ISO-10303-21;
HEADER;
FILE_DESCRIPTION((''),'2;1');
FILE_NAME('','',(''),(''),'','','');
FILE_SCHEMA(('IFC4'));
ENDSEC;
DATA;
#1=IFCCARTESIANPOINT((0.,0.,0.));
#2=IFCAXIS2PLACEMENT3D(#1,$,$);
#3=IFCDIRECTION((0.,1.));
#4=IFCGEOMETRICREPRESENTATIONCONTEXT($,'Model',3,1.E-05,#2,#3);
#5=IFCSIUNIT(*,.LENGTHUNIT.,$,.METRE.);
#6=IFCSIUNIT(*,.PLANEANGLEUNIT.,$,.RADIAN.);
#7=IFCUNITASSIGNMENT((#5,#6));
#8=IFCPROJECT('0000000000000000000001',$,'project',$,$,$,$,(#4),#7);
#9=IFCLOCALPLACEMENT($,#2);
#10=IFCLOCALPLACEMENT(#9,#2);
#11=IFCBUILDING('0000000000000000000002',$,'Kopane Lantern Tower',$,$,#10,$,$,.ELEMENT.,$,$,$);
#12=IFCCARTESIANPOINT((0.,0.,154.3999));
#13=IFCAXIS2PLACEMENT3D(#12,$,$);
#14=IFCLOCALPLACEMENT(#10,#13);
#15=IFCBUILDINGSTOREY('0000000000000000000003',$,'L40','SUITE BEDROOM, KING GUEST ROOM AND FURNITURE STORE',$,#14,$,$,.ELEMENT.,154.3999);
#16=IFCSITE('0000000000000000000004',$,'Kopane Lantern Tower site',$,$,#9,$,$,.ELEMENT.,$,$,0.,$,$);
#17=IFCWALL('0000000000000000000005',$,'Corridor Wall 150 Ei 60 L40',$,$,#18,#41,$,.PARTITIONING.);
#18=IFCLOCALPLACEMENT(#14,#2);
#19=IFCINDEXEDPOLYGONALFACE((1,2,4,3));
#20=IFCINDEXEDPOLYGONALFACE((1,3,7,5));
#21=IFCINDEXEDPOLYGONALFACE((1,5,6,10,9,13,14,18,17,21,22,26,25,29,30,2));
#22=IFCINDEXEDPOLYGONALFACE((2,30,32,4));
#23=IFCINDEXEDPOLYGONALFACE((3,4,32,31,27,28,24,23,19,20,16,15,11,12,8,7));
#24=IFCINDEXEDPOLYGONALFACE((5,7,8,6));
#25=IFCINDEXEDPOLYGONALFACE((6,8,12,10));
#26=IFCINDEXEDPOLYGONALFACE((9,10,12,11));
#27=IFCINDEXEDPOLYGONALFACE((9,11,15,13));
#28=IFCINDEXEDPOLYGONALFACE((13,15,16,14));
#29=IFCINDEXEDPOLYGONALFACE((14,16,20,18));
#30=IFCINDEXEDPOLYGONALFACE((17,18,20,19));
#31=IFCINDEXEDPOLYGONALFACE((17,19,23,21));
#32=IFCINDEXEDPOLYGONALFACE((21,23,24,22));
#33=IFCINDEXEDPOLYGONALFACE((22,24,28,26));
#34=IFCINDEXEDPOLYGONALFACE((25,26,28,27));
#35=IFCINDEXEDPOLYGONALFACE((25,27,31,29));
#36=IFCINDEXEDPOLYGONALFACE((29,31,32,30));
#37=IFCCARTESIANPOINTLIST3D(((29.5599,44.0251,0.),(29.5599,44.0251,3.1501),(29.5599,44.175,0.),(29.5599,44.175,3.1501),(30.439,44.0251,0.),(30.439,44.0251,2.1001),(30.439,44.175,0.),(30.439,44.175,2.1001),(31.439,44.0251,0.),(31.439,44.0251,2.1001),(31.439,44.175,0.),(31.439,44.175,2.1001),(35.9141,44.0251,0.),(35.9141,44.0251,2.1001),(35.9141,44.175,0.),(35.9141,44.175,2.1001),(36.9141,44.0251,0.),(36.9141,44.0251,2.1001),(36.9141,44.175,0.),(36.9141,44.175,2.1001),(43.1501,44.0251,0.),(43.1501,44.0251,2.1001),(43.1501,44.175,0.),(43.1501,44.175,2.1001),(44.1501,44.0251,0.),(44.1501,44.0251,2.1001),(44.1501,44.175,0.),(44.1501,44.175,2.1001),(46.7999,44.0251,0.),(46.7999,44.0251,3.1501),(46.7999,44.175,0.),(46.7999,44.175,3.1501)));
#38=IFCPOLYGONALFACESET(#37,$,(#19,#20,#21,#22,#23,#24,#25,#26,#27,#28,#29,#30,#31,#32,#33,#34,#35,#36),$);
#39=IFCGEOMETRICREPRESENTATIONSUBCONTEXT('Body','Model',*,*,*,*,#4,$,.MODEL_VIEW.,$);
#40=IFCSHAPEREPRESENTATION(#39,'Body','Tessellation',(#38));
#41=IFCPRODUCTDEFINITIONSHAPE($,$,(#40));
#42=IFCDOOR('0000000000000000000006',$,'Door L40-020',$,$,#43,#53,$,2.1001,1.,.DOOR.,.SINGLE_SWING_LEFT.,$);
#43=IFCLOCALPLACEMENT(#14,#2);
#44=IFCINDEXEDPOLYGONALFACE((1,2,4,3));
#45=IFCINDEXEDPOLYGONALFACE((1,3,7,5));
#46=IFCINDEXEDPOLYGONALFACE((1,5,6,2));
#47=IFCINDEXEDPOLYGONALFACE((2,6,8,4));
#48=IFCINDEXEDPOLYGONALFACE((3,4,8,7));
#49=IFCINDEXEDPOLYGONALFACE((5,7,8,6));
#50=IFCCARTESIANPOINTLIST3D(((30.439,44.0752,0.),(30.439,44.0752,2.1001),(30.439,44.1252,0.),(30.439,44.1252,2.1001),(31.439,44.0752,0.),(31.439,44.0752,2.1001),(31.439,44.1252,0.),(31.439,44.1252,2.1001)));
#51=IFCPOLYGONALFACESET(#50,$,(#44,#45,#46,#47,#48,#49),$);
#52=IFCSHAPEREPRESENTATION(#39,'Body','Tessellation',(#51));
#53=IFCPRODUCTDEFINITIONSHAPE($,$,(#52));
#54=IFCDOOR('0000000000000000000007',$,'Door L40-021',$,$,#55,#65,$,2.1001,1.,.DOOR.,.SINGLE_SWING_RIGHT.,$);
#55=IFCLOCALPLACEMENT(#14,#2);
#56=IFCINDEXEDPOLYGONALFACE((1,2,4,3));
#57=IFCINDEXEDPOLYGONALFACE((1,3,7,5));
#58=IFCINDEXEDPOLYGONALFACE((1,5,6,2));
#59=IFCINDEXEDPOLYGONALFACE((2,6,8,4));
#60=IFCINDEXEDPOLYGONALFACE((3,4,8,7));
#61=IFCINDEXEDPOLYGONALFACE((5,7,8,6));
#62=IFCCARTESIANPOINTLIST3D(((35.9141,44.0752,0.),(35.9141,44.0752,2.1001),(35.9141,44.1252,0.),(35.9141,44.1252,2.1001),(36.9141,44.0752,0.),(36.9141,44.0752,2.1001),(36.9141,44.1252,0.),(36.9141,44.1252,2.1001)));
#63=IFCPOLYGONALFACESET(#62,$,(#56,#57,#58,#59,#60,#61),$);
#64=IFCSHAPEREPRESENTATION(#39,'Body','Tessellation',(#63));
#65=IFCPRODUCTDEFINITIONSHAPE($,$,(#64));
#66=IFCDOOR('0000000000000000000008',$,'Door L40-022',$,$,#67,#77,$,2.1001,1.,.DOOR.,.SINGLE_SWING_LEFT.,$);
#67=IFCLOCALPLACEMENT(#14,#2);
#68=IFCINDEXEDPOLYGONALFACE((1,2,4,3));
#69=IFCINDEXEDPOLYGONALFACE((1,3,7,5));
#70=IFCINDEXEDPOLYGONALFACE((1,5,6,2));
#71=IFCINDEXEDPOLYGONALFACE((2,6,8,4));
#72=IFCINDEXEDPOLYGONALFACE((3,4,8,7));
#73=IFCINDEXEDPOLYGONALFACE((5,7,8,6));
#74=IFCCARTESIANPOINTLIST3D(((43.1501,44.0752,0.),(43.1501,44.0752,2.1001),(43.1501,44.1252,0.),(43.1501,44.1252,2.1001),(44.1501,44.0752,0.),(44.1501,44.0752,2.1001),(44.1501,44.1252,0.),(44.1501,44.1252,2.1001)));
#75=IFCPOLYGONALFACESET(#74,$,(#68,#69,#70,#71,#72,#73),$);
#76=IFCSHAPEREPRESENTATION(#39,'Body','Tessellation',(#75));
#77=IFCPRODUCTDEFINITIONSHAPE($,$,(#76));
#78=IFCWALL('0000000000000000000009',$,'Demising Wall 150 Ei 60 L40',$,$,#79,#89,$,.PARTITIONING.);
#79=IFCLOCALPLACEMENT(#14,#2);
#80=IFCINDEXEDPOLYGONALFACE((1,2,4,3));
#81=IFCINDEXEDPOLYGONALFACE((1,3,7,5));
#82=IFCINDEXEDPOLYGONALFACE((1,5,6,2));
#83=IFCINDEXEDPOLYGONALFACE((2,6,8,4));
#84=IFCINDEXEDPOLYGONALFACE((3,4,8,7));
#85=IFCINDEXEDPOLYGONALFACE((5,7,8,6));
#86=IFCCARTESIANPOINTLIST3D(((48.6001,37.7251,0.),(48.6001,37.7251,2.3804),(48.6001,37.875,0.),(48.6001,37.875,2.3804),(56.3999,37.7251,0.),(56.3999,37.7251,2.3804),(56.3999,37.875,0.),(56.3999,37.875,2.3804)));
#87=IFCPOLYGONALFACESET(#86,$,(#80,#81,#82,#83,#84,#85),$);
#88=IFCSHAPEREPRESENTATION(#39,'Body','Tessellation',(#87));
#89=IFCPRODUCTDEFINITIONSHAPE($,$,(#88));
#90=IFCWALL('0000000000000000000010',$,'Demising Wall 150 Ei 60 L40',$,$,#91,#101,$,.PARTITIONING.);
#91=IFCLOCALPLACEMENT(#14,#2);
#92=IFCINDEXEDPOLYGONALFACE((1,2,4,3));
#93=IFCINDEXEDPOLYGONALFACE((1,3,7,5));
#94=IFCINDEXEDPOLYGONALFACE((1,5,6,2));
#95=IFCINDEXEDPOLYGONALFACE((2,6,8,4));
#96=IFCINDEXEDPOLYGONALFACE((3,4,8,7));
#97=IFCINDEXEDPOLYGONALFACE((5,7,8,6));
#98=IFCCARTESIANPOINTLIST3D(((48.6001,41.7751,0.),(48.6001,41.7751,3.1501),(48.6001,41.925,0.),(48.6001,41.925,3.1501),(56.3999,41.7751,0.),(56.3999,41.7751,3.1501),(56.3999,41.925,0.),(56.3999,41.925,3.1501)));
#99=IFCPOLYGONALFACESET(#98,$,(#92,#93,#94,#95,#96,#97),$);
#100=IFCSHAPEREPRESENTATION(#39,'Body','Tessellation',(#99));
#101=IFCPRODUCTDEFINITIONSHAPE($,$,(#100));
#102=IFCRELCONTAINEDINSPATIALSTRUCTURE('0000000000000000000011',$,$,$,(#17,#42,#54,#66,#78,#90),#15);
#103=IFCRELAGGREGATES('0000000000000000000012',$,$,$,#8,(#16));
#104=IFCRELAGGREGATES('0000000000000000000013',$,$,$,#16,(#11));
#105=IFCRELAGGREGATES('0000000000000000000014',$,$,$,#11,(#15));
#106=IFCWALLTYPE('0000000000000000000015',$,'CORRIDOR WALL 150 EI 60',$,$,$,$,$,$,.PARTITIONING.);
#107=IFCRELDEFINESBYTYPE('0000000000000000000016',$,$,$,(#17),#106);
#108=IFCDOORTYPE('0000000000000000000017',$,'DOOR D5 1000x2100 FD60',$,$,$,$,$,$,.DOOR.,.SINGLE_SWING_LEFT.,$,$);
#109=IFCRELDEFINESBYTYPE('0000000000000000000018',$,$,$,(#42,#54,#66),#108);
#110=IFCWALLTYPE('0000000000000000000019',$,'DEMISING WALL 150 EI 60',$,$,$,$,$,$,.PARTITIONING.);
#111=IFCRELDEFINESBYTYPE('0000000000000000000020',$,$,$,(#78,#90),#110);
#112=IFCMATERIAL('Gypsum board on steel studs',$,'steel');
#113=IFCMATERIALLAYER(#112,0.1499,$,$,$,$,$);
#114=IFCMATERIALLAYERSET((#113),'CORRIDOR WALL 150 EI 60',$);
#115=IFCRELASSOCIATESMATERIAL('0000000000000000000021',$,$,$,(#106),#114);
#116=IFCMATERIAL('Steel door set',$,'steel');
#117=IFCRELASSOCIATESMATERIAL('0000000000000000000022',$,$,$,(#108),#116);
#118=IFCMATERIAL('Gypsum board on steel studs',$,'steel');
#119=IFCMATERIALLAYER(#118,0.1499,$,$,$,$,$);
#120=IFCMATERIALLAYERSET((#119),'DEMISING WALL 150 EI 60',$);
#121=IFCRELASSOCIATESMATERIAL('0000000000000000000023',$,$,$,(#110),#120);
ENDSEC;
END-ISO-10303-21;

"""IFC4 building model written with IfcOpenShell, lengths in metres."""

from ifc_helpers import new_model, si_unit, direction, frame, frame_2d, origin, place, context, subcontext, project, spatial, rectangle, extrude, material, layer, layer_set, type_object, element, fill, save


model = new_model("IFC4")

# Units and contexts
model_context = context("Model", 3, precision=1e-05, world=origin(), true_north=direction((0.0, 1.0)))
body_context = subcontext(model_context, "Body", "Model", "MODEL_VIEW")
ifc_project = project(units=[si_unit("LENGTHUNIT", "METRE"), si_unit("PLANEANGLEUNIT", "RADIAN")], contexts=[model_context])

# Site, building, storey
site_placement = place(None, origin())
site = spatial("IfcSite", under=ifc_project, at=site_placement, Name="Kopane Lantern Tower site", CompositionType="ELEMENT", RefElevation=0.0)
building_placement = place(site_placement, origin())
building = spatial("IfcBuilding", under=site, at=building_placement, Name="Kopane Lantern Tower", CompositionType="ELEMENT")
storey_placement = place(building_placement, frame((0.0, 0.0, 154.3999)))
storey = spatial("IfcBuildingStorey", under=building, at=storey_placement, Name="L40", Description="SUITE BEDROOM, KING GUEST ROOM AND FURNITURE STORE", CompositionType="ELEMENT", Elevation=154.3999)

# Wall, openings, doors
ifc_material_1 = material(Name="Gypsum board on steel studs", Category="steel")
ifc_layer_1 = layer(ifc_material_1, 0.1499)
ifc_layer_set_1 = layer_set([ifc_layer_1], Name="CORRIDOR WALL 150 EI 60")
wall_type_1 = type_object("IfcWallType", Name="CORRIDOR WALL 150 EI 60", PredefinedType="PARTITIONING", material=ifc_layer_set_1)
wall_1_placement = place(storey_placement, frame((46.8, 44.1001, 0.0), z_axis=(0.0, 0.0, 1.0), x_axis=(-1.0, 0.0, 0.0)))
wall_1 = element("IfcWall", 1, at=wall_1_placement, inside=storey, type_object=wall_type_1, Name="Corridor Wall 150 Ei 60 L40", PredefinedType="PARTITIONING", context=body_context, shape_type="SweptSolid", body=[
    extrude(rectangle(XDim=17.24, YDim=0.1499, at=frame_2d((8.6201, 0.0))), origin(), (0.0, 0.0, 1.0), 3.1501),
])
opening_1_placement = place(wall_1_placement, frame((15.3611, 0.0, 0.0)))
opening_1 = element("IfcOpeningElement", 2, at=opening_1_placement, cuts=wall_1, PredefinedType="OPENING", context=body_context, shape_type="SweptSolid", body=[
    extrude(rectangle(XDim=1.0, YDim=2.1001, at=frame_2d((0.5, 1.05))), frame((0.0, 0.085, 0.0), z_axis=(0.0, -1.0, 0.0), x_axis=(1.0, 0.0, 0.0)), (0.0, 0.0, 1.0), 0.1699),
])
opening_2_placement = place(wall_1_placement, frame((9.886, 0.0, 0.0)))
opening_2 = element("IfcOpeningElement", 3, at=opening_2_placement, cuts=wall_1, PredefinedType="OPENING", context=body_context, shape_type="SweptSolid", body=[
    extrude(rectangle(XDim=1.0, YDim=2.1001, at=frame_2d((0.5, 1.05))), frame((0.0, 0.085, 0.0), z_axis=(0.0, -1.0, 0.0), x_axis=(1.0, 0.0, 0.0)), (0.0, 0.0, 1.0), 0.1699),
])
opening_3_placement = place(wall_1_placement, frame((2.6499, 0.0, 0.0)))
opening_3 = element("IfcOpeningElement", 4, at=opening_3_placement, cuts=wall_1, PredefinedType="OPENING", context=body_context, shape_type="SweptSolid", body=[
    extrude(rectangle(XDim=1.0, YDim=2.1001, at=frame_2d((0.5, 1.05))), frame((0.0, 0.085, 0.0), z_axis=(0.0, -1.0, 0.0), x_axis=(1.0, 0.0, 0.0)), (0.0, 0.0, 1.0), 0.1699),
])
ifc_material_2 = material(Name="Steel door set", Category="steel")
door_type_1 = type_object("IfcDoorType", Name="DOOR D5 1000x2100 FD60", OperationType="SINGLE_SWING_LEFT", PredefinedType="DOOR", material=ifc_material_2)
door_1_placement = place(opening_1_placement, origin())
door_1 = element("IfcDoor", 5, at=door_1_placement, inside=storey, type_object=door_type_1, Name="Door L40-020", OperationType="SINGLE_SWING_LEFT", OverallHeight=2.1001, OverallWidth=1.0, PredefinedType="DOOR", context=body_context, shape_type="SweptSolid", body=[
    extrude(rectangle(XDim=1.0, YDim=2.1001, at=frame_2d((0.5, 1.05))), frame((0.0, 0.0249, 0.0), z_axis=(0.0, -1.0, 0.0), x_axis=(1.0, 0.0, 0.0)), (0.0, 0.0, 1.0), 0.05),
])
fill(opening_1, door_1)
door_2_placement = place(opening_2_placement, origin())
door_2 = element("IfcDoor", 6, at=door_2_placement, inside=storey, type_object=door_type_1, Name="Door L40-021", OperationType="SINGLE_SWING_RIGHT", OverallHeight=2.1001, OverallWidth=1.0, PredefinedType="DOOR", context=body_context, shape_type="SweptSolid", body=[
    extrude(rectangle(XDim=1.0, YDim=2.1001, at=frame_2d((0.5, 1.05))), frame((0.0, 0.0249, 0.0), z_axis=(0.0, -1.0, 0.0), x_axis=(1.0, 0.0, 0.0)), (0.0, 0.0, 1.0), 0.05),
])
fill(opening_2, door_2)
door_3_placement = place(opening_3_placement, origin())
door_3 = element("IfcDoor", 7, at=door_3_placement, inside=storey, type_object=door_type_1, Name="Door L40-022", OperationType="SINGLE_SWING_LEFT", OverallHeight=2.1001, OverallWidth=1.0, PredefinedType="DOOR", context=body_context, shape_type="SweptSolid", body=[
    extrude(rectangle(XDim=1.0, YDim=2.1001, at=frame_2d((0.5, 1.05))), frame((0.0, 0.0249, 0.0), z_axis=(0.0, -1.0, 0.0), x_axis=(1.0, 0.0, 0.0)), (0.0, 0.0, 1.0), 0.05),
])
fill(opening_3, door_3)

# Walls
ifc_material_3 = material(Name="Gypsum board on steel studs", Category="steel")
ifc_layer_2 = layer(ifc_material_3, 0.1499)
ifc_layer_set_2 = layer_set([ifc_layer_2], Name="DEMISING WALL 150 EI 60")
wall_type_2 = type_object("IfcWallType", Name="DEMISING WALL 150 EI 60", PredefinedType="PARTITIONING", material=ifc_layer_set_2)
wall_2_placement = place(storey_placement, frame((48.6001, 37.8, 0.0), z_axis=(0.0, 0.0, 1.0), x_axis=(1.0, 0.0, 0.0)))
element("IfcWall", 8, at=wall_2_placement, inside=storey, type_object=wall_type_2, Name="Demising Wall 150 Ei 60 L40", PredefinedType="PARTITIONING", context=body_context, shape_type="SweptSolid", body=[
    extrude(rectangle(XDim=7.7998, YDim=0.1499, at=frame_2d((3.8999, 0.0))), origin(), (0.0, 0.0, 1.0), 2.3804),
])
wall_3_placement = place(storey_placement, frame((48.6001, 41.8501, 0.0), z_axis=(0.0, 0.0, 1.0), x_axis=(1.0, 0.0, 0.0)))
element("IfcWall", 9, at=wall_3_placement, inside=storey, type_object=wall_type_2, Name="Demising Wall 150 Ei 60 L40", PredefinedType="PARTITIONING", context=body_context, shape_type="SweptSolid", body=[
    extrude(rectangle(XDim=7.7998, YDim=0.1499, at=frame_2d((3.8999, 0.0))), origin(), (0.0, 0.0, 1.0), 3.1501),
])

save(model, "model.ifc")
